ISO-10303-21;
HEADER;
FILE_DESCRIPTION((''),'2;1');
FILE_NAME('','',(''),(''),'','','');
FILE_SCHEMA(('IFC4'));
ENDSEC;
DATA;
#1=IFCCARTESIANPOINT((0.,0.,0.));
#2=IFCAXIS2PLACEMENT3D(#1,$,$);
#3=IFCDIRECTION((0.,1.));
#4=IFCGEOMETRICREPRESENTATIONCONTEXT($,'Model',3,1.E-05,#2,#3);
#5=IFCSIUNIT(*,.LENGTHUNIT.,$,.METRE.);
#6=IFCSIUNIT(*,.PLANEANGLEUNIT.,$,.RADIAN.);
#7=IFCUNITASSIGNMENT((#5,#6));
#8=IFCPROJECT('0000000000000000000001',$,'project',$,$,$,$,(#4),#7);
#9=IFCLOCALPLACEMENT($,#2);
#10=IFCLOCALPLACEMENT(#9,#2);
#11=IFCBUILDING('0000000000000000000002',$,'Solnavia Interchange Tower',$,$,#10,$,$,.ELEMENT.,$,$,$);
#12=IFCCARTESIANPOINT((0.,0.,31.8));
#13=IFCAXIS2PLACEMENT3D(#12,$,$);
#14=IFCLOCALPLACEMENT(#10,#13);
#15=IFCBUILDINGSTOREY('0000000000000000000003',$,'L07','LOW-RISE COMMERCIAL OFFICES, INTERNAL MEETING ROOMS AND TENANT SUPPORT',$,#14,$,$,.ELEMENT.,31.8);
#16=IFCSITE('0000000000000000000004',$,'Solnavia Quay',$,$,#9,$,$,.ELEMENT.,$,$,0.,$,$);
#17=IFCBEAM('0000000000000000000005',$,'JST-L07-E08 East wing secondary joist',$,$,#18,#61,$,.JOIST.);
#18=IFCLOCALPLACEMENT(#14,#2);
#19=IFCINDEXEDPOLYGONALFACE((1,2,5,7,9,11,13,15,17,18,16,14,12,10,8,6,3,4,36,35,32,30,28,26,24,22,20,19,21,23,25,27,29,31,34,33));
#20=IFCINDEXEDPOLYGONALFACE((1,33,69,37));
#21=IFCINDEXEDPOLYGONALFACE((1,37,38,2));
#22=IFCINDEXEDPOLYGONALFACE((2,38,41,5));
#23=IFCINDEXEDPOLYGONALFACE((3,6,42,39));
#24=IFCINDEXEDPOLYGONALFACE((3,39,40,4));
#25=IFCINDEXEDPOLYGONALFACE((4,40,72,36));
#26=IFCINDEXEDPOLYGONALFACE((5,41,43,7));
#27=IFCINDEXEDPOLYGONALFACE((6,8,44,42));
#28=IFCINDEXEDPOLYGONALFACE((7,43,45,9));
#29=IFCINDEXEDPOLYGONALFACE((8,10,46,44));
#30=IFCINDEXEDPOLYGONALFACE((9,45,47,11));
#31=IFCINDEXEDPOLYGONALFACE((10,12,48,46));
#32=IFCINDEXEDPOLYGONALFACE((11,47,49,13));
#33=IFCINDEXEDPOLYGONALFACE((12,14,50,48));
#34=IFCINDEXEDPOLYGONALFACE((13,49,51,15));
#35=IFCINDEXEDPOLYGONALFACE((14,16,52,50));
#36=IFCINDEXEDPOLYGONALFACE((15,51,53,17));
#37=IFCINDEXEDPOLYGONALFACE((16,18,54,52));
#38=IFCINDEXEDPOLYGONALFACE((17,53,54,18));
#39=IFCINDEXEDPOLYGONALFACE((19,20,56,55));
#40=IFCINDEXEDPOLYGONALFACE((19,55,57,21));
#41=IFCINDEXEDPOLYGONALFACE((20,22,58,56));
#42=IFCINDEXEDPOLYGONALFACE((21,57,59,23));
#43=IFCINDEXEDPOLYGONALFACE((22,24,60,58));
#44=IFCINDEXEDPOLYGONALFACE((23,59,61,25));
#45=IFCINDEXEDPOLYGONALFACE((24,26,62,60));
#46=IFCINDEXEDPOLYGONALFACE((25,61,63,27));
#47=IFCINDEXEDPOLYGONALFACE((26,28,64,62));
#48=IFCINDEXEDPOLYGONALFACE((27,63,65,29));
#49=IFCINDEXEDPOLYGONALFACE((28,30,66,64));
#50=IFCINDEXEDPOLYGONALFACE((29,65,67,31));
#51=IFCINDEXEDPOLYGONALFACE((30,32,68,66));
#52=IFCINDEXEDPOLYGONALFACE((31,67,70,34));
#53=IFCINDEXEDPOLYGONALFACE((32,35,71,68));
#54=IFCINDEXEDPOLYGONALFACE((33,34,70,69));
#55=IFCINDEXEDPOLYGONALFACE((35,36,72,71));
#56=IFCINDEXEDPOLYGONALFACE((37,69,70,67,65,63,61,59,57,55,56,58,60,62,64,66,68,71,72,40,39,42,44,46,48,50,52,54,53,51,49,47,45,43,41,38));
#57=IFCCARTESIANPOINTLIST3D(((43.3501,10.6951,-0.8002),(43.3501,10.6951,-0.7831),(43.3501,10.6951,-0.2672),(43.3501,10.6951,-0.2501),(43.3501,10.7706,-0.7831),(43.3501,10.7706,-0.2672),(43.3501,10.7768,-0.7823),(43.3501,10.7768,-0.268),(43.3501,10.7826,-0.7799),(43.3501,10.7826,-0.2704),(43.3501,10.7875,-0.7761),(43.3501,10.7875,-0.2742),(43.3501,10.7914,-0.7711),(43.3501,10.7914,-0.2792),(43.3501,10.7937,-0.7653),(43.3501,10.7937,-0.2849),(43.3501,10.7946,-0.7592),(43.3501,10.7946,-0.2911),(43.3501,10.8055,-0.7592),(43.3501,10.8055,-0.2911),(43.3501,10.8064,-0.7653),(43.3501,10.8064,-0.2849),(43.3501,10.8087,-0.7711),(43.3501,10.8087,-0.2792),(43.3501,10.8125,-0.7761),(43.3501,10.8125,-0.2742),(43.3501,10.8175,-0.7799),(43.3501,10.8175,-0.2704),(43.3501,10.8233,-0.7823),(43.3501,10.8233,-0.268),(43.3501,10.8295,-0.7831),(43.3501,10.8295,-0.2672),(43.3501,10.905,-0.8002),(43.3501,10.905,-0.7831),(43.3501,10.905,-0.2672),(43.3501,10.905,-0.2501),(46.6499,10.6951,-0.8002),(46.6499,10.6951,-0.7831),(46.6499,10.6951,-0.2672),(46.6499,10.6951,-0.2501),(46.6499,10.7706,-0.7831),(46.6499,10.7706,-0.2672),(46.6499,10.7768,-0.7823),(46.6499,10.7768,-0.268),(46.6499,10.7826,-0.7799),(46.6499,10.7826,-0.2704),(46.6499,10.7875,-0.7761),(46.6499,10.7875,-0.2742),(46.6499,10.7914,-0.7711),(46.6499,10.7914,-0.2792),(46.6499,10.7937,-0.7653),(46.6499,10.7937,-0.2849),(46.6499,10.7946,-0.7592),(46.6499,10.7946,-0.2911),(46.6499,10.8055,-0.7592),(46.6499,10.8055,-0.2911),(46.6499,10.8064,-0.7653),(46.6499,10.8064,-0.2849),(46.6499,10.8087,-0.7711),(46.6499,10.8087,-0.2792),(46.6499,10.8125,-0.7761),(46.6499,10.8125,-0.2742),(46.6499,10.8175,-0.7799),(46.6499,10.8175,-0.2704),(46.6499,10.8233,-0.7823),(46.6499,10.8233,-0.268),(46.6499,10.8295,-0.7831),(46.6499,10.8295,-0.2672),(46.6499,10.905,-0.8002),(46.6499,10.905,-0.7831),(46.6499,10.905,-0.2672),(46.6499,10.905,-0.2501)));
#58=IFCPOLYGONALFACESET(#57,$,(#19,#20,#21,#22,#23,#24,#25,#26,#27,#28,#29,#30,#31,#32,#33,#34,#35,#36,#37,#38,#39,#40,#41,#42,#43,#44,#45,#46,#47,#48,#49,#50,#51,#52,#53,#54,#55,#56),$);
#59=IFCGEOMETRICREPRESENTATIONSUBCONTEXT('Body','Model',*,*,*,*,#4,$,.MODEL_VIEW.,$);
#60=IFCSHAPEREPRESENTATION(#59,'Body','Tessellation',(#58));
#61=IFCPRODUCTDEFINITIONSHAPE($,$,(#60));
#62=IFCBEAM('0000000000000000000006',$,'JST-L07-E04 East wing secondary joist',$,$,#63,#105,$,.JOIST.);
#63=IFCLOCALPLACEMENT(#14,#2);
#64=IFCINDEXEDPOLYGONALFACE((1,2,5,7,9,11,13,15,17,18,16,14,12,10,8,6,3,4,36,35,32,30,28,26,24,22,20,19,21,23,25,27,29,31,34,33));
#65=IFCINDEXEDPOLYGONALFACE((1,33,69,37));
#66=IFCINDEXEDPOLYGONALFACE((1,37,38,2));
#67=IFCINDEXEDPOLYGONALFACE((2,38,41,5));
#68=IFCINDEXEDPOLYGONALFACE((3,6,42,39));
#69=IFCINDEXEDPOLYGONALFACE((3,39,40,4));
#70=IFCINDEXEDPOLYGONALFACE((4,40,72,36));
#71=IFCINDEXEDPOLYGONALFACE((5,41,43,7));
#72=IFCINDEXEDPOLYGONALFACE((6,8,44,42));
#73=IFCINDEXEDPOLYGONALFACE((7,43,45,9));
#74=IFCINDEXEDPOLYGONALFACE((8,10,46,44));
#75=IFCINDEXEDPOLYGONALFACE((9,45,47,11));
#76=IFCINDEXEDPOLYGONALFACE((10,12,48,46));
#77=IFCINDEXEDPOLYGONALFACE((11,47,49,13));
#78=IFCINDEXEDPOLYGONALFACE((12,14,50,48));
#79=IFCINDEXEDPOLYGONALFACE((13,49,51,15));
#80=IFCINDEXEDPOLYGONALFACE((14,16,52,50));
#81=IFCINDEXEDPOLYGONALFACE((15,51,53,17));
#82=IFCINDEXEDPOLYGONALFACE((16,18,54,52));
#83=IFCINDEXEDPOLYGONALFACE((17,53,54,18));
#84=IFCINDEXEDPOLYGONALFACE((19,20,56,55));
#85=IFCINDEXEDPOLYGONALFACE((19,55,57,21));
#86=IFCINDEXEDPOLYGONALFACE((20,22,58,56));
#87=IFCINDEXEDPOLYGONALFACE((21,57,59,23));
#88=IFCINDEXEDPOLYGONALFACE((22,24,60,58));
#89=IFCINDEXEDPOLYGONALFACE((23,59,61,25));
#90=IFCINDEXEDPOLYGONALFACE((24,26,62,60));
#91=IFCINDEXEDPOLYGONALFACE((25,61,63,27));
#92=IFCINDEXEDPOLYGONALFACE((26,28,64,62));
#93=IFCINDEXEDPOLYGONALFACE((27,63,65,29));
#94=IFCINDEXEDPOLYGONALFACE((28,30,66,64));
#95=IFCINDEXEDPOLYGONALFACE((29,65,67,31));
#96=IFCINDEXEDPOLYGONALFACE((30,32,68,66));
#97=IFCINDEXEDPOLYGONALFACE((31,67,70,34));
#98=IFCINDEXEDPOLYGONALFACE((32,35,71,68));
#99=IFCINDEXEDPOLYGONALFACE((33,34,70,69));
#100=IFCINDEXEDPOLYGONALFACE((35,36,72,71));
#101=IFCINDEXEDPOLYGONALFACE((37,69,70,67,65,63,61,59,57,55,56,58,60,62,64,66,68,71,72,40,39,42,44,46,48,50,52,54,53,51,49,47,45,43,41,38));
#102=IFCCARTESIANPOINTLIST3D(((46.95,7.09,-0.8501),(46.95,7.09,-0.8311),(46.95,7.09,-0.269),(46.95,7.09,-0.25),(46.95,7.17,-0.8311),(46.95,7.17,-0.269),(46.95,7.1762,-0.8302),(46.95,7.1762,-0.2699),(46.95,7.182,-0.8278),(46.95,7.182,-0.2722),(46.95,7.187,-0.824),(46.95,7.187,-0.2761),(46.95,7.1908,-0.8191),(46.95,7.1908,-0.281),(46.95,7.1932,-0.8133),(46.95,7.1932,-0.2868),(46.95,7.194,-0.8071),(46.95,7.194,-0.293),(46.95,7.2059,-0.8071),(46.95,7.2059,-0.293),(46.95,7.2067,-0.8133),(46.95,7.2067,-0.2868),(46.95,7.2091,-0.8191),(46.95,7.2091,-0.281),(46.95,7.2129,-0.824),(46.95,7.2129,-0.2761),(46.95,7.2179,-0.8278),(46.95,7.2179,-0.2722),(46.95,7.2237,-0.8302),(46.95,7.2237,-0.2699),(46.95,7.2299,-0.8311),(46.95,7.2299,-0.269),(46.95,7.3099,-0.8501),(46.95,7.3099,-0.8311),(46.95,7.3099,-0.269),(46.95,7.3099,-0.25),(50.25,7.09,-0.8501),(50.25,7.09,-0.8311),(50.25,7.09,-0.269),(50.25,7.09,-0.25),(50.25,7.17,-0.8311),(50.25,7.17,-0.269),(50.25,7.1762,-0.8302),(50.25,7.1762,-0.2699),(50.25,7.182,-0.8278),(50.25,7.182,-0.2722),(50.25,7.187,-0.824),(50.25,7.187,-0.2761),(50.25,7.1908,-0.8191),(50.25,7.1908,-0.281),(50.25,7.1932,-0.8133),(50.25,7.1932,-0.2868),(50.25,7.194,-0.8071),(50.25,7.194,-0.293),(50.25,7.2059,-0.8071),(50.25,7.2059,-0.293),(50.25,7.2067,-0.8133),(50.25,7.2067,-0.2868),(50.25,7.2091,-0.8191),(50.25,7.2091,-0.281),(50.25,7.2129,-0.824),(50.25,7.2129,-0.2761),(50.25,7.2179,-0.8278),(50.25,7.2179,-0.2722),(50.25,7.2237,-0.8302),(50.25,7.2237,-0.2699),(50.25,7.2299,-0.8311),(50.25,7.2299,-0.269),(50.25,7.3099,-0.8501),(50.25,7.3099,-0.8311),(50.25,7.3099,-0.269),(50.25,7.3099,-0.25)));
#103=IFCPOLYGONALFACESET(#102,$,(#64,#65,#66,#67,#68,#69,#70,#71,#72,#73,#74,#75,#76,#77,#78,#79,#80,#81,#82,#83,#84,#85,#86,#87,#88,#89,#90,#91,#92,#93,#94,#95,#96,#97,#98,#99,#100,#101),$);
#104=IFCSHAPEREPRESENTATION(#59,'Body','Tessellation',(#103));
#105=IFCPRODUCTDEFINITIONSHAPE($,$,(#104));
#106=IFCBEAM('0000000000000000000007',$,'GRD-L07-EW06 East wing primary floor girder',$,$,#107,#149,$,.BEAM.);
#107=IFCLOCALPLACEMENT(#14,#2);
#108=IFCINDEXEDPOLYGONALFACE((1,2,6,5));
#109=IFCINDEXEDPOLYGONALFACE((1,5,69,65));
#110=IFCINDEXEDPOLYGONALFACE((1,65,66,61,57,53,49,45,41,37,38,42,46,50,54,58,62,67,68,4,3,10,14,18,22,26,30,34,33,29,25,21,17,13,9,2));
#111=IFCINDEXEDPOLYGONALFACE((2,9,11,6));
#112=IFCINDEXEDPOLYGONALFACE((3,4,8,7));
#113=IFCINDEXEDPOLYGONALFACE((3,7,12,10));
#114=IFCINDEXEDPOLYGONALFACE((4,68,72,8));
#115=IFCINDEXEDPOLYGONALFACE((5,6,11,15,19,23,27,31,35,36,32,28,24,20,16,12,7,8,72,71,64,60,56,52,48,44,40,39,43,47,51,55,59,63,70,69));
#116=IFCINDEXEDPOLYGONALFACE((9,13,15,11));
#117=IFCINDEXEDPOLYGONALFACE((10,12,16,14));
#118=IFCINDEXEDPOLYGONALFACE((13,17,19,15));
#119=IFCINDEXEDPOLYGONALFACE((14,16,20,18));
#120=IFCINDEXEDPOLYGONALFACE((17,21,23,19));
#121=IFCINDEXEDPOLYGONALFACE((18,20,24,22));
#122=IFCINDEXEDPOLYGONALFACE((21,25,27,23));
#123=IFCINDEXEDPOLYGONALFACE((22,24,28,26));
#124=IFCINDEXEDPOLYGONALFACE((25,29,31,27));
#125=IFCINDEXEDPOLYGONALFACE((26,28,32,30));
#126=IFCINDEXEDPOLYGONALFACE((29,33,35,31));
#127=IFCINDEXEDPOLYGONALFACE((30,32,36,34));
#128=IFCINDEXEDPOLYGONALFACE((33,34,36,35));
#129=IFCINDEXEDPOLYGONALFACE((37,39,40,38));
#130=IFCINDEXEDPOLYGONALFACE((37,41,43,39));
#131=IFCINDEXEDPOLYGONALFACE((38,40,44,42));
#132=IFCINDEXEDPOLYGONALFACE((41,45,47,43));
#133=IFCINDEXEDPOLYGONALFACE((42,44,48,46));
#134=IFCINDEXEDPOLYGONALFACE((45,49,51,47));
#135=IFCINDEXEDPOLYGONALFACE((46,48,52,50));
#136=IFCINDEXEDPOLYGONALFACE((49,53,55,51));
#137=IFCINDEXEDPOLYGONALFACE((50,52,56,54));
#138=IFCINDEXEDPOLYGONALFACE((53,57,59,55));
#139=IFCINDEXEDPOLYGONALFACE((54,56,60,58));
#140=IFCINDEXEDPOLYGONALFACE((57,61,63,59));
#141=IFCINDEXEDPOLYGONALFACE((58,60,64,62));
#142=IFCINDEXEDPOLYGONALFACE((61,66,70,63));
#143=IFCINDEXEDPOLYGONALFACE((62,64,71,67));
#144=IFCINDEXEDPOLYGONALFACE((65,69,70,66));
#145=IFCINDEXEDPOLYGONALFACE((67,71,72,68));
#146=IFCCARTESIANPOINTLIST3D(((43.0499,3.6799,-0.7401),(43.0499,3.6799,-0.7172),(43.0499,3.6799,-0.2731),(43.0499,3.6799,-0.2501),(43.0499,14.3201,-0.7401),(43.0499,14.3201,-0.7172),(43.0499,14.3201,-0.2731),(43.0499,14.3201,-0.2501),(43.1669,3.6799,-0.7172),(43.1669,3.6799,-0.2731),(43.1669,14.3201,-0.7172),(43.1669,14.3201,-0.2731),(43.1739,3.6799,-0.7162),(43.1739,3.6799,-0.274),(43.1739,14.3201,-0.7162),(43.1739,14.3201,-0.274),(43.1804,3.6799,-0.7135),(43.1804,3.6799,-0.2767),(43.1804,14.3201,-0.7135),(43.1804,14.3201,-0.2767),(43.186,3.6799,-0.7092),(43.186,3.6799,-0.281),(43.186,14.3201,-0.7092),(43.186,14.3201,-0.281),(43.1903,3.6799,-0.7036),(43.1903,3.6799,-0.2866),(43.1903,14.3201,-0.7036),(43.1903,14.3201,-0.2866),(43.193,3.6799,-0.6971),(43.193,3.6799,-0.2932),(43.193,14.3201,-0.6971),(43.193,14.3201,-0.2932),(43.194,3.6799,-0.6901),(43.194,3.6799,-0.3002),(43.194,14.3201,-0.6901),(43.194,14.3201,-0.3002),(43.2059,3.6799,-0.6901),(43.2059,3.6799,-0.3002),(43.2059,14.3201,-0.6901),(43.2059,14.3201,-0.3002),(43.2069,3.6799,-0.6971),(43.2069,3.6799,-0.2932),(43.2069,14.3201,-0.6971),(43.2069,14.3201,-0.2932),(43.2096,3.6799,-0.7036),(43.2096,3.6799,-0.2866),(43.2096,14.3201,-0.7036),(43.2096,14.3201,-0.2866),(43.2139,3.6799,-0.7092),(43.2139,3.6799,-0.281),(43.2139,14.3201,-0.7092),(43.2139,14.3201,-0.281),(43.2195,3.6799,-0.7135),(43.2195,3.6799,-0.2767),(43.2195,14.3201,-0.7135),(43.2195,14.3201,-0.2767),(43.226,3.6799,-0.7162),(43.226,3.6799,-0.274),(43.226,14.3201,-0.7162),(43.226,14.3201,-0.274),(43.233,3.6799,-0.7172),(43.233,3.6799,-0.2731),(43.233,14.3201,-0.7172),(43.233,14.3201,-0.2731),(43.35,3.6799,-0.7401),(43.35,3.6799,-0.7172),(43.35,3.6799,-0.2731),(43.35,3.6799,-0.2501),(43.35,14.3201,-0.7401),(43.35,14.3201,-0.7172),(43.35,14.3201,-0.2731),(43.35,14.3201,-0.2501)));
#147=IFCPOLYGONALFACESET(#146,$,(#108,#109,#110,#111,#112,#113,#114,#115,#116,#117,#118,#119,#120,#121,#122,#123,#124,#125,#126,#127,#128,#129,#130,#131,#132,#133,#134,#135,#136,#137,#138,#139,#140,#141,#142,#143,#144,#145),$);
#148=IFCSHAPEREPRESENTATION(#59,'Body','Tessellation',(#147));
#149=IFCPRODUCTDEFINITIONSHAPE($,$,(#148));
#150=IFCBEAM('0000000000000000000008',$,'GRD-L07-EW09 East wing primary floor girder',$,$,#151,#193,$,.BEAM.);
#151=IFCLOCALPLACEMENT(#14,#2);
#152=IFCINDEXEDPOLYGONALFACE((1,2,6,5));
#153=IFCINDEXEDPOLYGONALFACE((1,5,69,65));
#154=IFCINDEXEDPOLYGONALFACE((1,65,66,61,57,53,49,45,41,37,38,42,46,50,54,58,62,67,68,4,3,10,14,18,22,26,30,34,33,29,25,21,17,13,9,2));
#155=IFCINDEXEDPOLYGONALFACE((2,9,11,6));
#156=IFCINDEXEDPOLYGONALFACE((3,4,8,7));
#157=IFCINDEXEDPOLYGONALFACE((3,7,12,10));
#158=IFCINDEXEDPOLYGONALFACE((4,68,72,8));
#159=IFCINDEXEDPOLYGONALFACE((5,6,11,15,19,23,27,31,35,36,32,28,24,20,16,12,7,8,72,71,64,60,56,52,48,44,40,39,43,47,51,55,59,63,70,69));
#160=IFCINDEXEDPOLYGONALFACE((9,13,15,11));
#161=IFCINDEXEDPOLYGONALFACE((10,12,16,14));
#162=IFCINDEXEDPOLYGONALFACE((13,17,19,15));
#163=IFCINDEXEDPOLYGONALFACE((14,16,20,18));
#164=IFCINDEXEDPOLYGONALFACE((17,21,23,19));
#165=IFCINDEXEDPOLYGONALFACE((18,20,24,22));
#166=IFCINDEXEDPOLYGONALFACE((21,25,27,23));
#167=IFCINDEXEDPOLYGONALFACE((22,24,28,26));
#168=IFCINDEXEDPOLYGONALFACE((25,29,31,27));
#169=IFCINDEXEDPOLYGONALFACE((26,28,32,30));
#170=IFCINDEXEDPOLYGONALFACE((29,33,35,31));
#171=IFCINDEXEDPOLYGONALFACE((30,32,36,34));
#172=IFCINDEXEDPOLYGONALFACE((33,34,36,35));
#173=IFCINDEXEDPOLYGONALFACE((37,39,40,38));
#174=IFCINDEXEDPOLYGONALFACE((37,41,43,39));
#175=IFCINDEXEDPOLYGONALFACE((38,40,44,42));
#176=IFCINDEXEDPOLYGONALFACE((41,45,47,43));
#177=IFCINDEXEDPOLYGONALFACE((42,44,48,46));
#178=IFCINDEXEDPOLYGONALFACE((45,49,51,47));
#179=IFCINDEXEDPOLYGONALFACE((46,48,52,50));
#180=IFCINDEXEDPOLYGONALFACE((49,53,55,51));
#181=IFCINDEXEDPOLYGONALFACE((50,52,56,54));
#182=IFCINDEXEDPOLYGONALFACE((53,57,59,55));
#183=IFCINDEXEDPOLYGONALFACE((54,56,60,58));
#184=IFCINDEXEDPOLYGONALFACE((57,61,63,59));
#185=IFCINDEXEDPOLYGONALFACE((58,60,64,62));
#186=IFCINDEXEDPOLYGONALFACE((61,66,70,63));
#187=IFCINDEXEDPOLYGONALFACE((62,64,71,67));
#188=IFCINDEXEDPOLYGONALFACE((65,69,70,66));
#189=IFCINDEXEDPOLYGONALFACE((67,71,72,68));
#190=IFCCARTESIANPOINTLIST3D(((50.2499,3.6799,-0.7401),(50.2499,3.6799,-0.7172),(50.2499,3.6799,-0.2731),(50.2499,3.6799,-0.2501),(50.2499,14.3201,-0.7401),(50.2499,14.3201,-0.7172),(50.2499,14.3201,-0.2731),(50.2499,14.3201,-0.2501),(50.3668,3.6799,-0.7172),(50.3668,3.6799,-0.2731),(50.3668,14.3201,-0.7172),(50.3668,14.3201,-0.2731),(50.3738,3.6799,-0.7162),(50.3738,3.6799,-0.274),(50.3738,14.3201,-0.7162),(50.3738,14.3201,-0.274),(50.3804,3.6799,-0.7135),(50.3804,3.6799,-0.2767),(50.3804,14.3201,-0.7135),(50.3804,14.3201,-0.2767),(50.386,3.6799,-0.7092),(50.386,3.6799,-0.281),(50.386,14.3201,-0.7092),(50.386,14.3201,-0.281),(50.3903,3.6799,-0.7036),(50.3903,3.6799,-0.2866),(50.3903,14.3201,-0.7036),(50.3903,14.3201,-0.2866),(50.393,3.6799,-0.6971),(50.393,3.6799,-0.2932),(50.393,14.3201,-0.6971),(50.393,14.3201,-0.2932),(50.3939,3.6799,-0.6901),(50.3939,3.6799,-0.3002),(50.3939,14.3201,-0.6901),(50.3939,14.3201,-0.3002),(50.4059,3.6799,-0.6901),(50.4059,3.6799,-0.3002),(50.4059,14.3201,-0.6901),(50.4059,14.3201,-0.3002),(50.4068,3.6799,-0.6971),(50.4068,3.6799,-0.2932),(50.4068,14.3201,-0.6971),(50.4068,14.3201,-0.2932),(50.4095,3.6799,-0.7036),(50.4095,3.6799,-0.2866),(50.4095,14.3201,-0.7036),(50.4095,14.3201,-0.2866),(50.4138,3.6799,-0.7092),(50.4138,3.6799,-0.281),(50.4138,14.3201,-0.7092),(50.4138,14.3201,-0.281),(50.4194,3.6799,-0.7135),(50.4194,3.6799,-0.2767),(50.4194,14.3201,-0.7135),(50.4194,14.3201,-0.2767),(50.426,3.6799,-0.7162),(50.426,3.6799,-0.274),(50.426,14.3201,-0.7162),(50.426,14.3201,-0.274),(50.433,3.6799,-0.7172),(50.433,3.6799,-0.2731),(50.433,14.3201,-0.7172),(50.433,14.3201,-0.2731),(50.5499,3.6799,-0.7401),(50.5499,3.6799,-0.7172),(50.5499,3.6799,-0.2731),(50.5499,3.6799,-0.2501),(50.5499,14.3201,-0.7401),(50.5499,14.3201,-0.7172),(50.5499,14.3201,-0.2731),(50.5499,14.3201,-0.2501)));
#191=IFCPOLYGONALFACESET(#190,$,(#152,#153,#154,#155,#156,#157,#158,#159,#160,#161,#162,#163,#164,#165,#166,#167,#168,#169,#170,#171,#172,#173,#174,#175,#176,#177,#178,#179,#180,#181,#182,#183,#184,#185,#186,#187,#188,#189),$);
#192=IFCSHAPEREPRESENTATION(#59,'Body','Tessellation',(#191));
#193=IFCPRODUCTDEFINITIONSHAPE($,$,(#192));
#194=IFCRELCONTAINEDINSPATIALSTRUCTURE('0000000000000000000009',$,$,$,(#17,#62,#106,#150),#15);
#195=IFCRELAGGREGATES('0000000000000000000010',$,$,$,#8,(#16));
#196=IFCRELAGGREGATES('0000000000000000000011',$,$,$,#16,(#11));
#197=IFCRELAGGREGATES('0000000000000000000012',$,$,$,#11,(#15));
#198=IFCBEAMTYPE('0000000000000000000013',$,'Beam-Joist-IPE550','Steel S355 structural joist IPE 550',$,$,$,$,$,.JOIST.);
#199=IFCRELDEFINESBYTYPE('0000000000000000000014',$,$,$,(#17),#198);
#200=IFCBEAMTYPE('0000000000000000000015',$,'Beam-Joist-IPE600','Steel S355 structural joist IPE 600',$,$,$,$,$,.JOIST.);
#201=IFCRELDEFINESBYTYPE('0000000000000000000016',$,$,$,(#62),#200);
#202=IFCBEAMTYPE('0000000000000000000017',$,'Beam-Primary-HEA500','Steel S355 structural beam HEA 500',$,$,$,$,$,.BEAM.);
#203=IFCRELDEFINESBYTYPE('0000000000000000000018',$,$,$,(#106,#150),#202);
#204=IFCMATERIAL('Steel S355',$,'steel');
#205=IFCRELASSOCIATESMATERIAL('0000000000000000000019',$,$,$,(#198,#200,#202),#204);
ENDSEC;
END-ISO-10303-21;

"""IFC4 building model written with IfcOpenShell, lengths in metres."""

from ifc_helpers import new_model, si_unit, direction, frame, origin, origin_2d, place, context, subcontext, project, spatial, i_section, extrude, material, material_profile, profile_set, type_object, element, save


model = new_model("IFC4")

# Units and contexts
model_context = context("Model", 3, precision=1e-05, world=origin(), true_north=direction((0.0, 1.0)))
body_context = subcontext(model_context, "Body", "Model", "MODEL_VIEW")
ifc_project = project(units=[si_unit("LENGTHUNIT", "METRE"), si_unit("PLANEANGLEUNIT", "RADIAN")], contexts=[model_context])

# Site, building, storey
site_placement = place(None, origin())
site = spatial("IfcSite", under=ifc_project, at=site_placement, Name="Solnavia Quay", CompositionType="ELEMENT", RefElevation=0.0)
building_placement = place(site_placement, origin())
building = spatial("IfcBuilding", under=site, at=building_placement, Name="Solnavia Interchange Tower", CompositionType="ELEMENT")
storey_placement = place(building_placement, frame((0.0, 0.0, 31.8)))
storey = spatial("IfcBuildingStorey", under=building, at=storey_placement, Name="L07", Description="LOW-RISE COMMERCIAL OFFICES, INTERNAL MEETING ROOMS AND TENANT SUPPORT", CompositionType="ELEMENT", Elevation=31.8)

# Shared definitions
ifc_material_1 = material(Name="Steel S355", Category="steel")

# Beams
ifc_material_profile_1 = material_profile(ifc_material_1, i_section(OverallWidth=0.21, OverallDepth=0.55, WebThickness=0.011, FlangeThickness=0.0171, FilletRadius=0.0239, at=origin_2d()), Name="IPE 550")
ifc_profile_set_1 = profile_set([ifc_material_profile_1], Name="Steel S355")
beam_type_1 = type_object("IfcBeamType", Name="Beam-Joist-IPE550", Description="Steel S355 structural joist IPE 550", PredefinedType="JOIST", material=ifc_profile_set_1)
beam_1_placement = place(storey_placement, frame((43.3501, 10.8, -0.5251), z_axis=(1.0, 0.0, 0.0), x_axis=(0.0, 1.0, 0.0)))
element("IfcBeam", 1, at=beam_1_placement, inside=storey, type_object=beam_type_1, Name="JST-L07-E08 East wing secondary joist", PredefinedType="JOIST", context=body_context, shape_type="SweptSolid", body=[
    extrude(i_section(OverallWidth=0.21, OverallDepth=0.55, WebThickness=0.011, FlangeThickness=0.0171, FilletRadius=0.0239, at=origin_2d()), origin(), (0.0, 0.0, 1.0), 3.2998),
])
ifc_material_profile_2 = material_profile(ifc_material_1, i_section(OverallWidth=0.22, OverallDepth=0.6001, WebThickness=0.012, FlangeThickness=0.019, FilletRadius=0.0239, at=origin_2d()), Name="IPE 600")
ifc_profile_set_2 = profile_set([ifc_material_profile_2], Name="Steel S355")
beam_type_2 = type_object("IfcBeamType", Name="Beam-Joist-IPE600", Description="Steel S355 structural joist IPE 600", PredefinedType="JOIST", material=ifc_profile_set_2)
beam_2_placement = place(storey_placement, frame((46.95, 7.2, -0.55), z_axis=(1.0, 0.0, 0.0), x_axis=(0.0, 1.0, 0.0)))
element("IfcBeam", 2, at=beam_2_placement, inside=storey, type_object=beam_type_2, Name="JST-L07-E04 East wing secondary joist", PredefinedType="JOIST", context=body_context, shape_type="SweptSolid", body=[
    extrude(i_section(OverallWidth=0.22, OverallDepth=0.6001, WebThickness=0.012, FlangeThickness=0.019, FilletRadius=0.0239, at=origin_2d()), origin(), (0.0, 0.0, 1.0), 3.3),
])
ifc_material_profile_3 = material_profile(ifc_material_1, i_section(OverallWidth=0.3, OverallDepth=0.49, WebThickness=0.012, FlangeThickness=0.0229, FilletRadius=0.0271, at=origin_2d()), Name="HEA 500")
ifc_profile_set_3 = profile_set([ifc_material_profile_3], Name="Steel S355")
beam_type_3 = type_object("IfcBeamType", Name="Beam-Primary-HEA500", Description="Steel S355 structural beam HEA 500", PredefinedType="BEAM", material=ifc_profile_set_3)
for number, where, z_axis, x_axis, name in (
    (3, (43.2, 3.6799, -0.4951), (0.0, 1.0, 0.0), (-1.0, 0.0, 0.0), "GRD-L07-EW06 East wing primary floor girder"),
    (4, (50.3999, 3.6799, -0.4951), (0.0, 1.0, 0.0), (-1.0, 0.0, 0.0), "GRD-L07-EW09 East wing primary floor girder"),
):
    element("IfcBeam", number, at=place(storey_placement, frame(where, z_axis=z_axis, x_axis=x_axis)), inside=storey, type_object=beam_type_3, Name=name, PredefinedType="BEAM", context=body_context, shape_type="SweptSolid", body=[
        extrude(i_section(OverallWidth=0.3, OverallDepth=0.49, WebThickness=0.012, FlangeThickness=0.0229, FilletRadius=0.0271, at=origin_2d()), origin(), (0.0, 0.0, 1.0), 10.6401),
    ])

save(model, "model.ifc")
